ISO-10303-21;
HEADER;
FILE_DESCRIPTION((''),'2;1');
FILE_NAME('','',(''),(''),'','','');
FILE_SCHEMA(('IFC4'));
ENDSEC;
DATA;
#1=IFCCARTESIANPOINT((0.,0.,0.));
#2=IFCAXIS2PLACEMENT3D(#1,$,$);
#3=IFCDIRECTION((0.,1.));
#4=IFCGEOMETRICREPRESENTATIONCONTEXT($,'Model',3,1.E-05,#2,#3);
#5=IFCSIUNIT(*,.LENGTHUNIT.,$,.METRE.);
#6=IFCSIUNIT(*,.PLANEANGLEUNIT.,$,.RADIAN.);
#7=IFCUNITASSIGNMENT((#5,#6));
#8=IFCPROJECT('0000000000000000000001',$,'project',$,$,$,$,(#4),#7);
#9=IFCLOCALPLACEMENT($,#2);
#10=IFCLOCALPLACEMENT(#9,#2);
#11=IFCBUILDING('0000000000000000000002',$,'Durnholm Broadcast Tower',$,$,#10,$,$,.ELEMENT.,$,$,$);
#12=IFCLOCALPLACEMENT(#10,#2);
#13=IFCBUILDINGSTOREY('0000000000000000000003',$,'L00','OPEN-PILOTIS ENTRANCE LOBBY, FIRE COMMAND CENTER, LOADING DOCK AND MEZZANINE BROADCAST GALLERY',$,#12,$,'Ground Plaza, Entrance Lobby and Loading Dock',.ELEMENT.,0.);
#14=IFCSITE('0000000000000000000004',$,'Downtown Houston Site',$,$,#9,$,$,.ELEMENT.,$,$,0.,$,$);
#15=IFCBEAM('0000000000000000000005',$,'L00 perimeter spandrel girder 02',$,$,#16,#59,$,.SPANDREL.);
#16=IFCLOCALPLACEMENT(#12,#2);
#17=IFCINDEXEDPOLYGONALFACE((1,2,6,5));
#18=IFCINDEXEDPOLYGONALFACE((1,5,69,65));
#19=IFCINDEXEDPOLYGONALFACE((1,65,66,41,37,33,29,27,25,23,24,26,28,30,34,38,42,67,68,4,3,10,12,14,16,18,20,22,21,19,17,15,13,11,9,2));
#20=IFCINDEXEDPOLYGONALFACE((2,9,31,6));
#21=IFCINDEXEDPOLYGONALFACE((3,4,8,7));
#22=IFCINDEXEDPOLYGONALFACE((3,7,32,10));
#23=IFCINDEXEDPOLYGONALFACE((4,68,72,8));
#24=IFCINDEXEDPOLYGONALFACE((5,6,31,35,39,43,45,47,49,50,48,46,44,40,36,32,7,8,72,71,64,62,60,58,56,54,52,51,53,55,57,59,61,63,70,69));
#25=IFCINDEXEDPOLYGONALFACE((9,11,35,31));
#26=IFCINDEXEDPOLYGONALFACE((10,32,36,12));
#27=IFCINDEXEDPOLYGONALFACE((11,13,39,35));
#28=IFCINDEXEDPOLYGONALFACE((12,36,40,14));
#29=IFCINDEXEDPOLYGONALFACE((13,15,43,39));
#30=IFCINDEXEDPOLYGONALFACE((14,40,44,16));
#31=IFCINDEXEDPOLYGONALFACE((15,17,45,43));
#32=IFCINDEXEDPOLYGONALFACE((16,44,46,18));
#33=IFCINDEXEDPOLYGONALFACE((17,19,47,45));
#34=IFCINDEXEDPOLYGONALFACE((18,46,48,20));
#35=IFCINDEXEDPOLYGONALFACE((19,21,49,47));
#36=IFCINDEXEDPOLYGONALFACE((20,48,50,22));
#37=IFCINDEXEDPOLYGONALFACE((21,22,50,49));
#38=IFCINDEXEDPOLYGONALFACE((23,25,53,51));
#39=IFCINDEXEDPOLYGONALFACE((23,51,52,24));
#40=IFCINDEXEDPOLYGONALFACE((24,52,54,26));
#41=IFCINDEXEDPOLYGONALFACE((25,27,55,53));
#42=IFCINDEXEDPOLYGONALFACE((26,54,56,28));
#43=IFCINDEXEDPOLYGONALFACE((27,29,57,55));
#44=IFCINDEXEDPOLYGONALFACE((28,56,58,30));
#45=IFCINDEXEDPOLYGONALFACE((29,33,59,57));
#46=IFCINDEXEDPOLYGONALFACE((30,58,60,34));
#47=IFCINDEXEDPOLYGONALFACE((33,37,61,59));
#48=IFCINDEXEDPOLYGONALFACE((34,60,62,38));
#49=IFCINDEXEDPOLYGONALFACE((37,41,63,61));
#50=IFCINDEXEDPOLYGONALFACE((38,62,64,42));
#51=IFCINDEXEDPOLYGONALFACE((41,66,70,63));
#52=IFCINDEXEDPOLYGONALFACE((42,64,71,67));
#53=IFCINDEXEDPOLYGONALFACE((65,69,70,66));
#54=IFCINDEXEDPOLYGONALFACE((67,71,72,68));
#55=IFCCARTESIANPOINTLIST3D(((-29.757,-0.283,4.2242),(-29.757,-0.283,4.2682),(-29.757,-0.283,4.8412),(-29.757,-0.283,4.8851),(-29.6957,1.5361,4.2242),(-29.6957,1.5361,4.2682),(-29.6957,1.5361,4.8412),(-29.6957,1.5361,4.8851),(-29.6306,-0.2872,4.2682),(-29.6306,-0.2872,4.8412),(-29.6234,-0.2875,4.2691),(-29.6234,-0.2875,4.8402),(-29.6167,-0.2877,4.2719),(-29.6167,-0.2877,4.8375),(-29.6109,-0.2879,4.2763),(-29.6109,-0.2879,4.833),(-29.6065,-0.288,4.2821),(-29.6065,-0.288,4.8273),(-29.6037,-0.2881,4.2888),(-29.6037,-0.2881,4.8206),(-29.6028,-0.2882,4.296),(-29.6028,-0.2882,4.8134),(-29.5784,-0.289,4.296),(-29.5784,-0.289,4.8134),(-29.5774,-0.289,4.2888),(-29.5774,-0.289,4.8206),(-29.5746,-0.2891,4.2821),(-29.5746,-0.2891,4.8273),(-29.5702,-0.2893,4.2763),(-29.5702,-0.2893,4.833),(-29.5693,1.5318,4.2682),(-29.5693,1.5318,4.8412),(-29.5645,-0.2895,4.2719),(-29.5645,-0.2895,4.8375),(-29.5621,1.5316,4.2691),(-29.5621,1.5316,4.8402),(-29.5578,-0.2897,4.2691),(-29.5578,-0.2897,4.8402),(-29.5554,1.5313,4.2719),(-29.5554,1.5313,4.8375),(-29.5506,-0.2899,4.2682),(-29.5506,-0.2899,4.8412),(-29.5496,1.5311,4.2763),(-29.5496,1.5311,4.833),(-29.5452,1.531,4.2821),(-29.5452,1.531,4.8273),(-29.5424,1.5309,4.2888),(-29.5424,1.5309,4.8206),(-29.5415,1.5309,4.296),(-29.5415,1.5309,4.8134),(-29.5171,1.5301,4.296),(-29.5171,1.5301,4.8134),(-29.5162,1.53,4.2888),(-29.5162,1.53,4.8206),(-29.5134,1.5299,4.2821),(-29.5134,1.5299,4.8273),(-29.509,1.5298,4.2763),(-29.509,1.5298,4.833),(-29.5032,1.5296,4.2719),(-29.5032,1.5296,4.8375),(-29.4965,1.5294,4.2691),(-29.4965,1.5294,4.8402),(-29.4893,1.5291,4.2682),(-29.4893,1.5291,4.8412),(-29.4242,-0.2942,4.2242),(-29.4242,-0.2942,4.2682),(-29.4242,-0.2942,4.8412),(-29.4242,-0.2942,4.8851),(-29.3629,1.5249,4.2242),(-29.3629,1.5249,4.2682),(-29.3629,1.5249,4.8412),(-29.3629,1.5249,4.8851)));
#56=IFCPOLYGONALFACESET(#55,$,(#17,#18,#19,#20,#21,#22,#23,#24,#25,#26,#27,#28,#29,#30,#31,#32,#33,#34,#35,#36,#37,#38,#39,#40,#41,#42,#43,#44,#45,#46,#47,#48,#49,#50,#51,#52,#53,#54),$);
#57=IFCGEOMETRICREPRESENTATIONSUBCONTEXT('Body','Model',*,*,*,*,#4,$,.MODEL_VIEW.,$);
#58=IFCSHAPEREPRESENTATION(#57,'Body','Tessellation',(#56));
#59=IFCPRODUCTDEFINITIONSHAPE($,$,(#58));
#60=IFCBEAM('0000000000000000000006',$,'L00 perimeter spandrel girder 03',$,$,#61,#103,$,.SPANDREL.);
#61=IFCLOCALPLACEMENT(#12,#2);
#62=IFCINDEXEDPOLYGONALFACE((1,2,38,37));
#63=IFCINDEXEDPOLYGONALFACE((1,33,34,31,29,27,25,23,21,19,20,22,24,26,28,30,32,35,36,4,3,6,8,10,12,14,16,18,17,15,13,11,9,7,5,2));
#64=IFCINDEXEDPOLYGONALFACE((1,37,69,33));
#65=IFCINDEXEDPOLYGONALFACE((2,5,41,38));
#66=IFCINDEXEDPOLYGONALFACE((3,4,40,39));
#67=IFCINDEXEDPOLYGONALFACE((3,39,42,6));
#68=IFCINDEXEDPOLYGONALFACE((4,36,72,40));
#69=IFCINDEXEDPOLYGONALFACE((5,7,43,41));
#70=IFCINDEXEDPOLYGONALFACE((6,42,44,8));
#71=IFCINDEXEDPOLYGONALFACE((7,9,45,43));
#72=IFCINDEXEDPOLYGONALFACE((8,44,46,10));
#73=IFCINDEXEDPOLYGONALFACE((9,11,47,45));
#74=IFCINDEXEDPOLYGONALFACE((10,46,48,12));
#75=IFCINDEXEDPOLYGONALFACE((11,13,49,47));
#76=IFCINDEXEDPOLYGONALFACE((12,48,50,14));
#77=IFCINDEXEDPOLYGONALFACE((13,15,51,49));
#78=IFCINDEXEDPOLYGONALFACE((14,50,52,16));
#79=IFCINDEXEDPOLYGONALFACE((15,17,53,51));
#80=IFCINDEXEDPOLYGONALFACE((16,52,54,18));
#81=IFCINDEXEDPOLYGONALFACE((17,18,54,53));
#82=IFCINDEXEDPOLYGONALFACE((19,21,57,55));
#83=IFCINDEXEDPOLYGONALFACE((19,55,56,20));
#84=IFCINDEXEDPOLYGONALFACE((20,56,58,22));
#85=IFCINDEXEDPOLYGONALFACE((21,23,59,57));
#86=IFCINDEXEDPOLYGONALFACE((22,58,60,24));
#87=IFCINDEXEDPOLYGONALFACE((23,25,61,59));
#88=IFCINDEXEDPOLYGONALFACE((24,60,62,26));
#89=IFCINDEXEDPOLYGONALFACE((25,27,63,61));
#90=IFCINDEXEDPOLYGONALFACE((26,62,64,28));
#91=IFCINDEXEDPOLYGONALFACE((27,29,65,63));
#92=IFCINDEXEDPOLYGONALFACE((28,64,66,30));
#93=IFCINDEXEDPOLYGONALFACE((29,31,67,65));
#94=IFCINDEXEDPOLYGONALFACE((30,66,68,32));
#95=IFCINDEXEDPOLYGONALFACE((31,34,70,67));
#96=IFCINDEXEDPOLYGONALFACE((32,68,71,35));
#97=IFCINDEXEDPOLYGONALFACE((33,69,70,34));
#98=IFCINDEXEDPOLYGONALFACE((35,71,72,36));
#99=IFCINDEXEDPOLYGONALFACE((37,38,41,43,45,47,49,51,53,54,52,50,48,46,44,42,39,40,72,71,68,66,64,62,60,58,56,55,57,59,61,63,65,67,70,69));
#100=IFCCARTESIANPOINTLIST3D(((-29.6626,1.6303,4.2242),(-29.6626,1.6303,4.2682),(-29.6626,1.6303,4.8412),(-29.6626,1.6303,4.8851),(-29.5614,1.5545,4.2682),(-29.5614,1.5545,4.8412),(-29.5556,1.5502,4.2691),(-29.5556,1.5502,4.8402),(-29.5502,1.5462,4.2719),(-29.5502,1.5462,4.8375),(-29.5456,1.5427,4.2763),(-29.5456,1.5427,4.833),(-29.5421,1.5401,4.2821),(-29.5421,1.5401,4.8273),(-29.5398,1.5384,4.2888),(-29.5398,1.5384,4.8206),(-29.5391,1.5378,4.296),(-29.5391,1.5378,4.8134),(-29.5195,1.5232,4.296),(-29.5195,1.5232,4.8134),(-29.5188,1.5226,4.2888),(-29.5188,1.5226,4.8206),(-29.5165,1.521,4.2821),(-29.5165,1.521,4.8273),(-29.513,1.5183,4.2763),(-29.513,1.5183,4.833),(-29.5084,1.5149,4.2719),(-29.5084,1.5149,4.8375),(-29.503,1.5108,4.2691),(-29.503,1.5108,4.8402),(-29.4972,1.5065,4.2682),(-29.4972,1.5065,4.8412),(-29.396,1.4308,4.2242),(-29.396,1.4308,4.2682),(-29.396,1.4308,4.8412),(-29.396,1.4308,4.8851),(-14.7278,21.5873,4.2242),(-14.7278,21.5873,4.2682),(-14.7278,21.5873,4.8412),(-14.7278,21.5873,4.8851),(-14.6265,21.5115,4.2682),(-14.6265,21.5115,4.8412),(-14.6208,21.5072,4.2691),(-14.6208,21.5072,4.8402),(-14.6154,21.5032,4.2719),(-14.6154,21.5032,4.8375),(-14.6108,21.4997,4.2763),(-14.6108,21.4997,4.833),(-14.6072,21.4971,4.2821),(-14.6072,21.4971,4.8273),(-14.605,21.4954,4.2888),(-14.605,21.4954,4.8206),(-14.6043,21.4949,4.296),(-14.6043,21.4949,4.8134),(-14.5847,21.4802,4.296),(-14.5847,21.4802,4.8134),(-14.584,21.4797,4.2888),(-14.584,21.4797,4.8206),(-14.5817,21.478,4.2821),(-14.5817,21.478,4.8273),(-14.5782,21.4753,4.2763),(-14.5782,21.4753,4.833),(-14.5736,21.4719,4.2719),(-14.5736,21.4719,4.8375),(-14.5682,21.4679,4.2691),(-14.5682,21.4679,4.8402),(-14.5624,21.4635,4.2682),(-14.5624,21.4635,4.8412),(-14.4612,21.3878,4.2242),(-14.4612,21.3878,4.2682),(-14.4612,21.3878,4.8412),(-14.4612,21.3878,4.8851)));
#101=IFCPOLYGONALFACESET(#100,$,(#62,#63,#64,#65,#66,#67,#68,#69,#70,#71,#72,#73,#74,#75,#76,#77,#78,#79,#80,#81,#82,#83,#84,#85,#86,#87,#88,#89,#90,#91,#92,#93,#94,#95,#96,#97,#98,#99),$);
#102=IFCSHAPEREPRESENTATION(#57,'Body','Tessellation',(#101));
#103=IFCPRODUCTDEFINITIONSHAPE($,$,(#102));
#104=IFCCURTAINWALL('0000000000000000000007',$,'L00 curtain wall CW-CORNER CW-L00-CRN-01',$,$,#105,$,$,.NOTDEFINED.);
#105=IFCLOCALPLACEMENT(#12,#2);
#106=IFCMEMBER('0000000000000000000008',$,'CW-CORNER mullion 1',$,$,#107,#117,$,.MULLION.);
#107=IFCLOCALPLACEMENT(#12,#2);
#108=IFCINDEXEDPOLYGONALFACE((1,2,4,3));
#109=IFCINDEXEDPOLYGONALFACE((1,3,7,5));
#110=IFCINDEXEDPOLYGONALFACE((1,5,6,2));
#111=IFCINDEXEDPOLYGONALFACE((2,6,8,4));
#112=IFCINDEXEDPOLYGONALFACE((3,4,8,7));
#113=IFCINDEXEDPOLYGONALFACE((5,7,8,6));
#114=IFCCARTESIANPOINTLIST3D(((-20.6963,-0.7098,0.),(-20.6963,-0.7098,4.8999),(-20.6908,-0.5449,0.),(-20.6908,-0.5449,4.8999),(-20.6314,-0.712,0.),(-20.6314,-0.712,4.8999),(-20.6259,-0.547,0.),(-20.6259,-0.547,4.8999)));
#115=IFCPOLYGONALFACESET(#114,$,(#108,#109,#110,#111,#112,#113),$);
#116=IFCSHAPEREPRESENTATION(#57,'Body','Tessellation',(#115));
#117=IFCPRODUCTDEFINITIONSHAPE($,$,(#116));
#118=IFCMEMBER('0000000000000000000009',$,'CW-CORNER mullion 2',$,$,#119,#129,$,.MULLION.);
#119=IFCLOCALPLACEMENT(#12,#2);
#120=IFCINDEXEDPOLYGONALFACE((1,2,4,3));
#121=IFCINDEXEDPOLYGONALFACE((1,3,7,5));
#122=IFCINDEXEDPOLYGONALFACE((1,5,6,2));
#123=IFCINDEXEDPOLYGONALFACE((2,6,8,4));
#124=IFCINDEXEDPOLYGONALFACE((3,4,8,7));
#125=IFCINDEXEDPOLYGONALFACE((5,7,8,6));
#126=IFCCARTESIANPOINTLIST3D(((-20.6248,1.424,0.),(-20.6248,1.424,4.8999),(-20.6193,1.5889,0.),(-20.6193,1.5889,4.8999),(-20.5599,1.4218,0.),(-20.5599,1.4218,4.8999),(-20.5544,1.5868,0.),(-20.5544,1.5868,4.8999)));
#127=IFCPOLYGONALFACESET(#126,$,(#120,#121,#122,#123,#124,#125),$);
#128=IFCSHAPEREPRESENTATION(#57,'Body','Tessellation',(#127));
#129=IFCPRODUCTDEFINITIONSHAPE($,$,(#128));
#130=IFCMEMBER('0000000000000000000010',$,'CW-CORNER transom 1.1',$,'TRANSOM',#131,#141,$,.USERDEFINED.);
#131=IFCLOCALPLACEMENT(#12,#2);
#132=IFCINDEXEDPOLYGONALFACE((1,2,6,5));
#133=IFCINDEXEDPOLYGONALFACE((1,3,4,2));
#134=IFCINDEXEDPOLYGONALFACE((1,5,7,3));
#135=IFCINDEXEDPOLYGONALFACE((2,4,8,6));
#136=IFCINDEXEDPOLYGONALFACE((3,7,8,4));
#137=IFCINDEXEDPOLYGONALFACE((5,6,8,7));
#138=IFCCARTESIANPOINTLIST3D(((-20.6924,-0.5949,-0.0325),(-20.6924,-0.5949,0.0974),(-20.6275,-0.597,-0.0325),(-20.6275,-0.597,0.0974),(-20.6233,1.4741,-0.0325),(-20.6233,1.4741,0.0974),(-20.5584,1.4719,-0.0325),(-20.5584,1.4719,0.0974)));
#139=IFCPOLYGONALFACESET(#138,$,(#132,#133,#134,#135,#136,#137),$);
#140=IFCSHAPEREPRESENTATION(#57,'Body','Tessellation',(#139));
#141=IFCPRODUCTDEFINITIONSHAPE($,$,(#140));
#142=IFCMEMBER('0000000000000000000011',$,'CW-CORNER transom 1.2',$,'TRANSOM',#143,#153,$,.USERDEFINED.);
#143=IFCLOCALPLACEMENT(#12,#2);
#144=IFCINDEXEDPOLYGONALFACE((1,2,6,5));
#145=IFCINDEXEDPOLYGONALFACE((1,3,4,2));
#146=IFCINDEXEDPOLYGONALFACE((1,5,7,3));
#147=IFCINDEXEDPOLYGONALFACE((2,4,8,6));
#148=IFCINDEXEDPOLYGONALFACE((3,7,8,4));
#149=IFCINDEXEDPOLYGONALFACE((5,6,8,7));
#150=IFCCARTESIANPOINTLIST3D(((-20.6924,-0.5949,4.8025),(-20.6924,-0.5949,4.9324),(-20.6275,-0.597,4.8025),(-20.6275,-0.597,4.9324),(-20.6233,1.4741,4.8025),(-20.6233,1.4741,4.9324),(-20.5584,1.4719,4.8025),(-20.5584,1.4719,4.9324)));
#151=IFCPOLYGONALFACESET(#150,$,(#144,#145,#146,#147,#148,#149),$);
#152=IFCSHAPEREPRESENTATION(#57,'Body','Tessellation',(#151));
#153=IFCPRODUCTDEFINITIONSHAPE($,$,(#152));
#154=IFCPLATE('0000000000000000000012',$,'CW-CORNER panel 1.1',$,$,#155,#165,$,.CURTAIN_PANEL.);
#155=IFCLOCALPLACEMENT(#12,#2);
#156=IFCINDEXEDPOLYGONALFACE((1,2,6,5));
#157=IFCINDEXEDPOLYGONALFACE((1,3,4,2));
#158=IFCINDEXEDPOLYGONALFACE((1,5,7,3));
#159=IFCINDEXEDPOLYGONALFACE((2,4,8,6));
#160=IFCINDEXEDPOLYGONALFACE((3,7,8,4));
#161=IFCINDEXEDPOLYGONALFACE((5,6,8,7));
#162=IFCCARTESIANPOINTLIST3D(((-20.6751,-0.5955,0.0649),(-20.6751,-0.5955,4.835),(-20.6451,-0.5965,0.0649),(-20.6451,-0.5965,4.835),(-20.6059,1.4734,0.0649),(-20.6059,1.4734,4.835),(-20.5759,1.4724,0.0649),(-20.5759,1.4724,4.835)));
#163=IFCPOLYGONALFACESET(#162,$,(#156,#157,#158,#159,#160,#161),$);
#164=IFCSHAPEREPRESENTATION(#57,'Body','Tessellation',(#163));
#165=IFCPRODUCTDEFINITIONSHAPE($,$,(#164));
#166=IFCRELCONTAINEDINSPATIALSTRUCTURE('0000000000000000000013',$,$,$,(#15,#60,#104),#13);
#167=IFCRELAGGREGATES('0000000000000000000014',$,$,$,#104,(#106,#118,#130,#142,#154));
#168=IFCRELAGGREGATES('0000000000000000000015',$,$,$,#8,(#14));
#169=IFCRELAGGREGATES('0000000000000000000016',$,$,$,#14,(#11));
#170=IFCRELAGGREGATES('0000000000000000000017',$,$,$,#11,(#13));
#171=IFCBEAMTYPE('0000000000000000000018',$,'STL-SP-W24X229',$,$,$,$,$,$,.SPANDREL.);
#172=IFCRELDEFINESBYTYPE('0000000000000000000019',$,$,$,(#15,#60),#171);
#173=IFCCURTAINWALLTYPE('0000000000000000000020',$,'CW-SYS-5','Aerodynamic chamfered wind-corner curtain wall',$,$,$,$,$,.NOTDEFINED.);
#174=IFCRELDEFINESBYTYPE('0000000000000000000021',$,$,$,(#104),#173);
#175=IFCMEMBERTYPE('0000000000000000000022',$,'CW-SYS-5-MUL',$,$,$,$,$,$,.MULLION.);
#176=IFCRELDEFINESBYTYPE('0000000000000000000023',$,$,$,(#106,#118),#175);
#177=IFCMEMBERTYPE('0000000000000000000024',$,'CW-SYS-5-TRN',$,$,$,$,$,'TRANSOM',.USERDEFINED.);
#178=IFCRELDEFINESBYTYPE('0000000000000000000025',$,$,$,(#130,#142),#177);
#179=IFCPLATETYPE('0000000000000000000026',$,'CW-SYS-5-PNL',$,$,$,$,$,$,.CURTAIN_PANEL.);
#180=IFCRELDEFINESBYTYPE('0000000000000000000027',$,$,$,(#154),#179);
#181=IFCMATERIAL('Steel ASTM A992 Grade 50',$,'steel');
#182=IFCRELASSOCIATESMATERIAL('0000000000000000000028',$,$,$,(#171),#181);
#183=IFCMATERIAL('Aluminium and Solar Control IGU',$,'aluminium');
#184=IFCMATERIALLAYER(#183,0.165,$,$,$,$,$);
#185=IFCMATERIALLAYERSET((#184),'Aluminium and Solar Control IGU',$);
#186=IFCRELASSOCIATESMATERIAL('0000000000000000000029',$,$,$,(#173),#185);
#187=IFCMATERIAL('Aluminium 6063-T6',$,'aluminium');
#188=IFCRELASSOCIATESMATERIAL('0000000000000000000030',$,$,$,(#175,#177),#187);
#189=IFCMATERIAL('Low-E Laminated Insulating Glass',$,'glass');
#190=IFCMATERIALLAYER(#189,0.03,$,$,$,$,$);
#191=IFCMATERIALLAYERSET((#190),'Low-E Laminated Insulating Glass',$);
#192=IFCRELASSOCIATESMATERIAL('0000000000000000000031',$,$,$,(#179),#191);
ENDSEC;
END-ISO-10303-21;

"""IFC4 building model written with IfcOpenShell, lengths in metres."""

from ifc_helpers import new_model, si_unit, direction, frame, origin, origin_2d, place, context, subcontext, project, spatial, rectangle, i_section, extrude, source, transform, mapped, material, layer, layer_set, material_profile, profile_set, type_object, type_shapes, element, aggregate, save


model = new_model("IFC4")

# Units and contexts
model_context = context("Model", 3, precision=1e-05, world=origin(), true_north=direction((0.0, 1.0)))
body_context = subcontext(model_context, "Body", "Model", "MODEL_VIEW")
ifc_project = project(units=[si_unit("LENGTHUNIT", "METRE"), si_unit("PLANEANGLEUNIT", "RADIAN")], contexts=[model_context])

# Site, building, storey
site_placement = place(None, origin())
site = spatial("IfcSite", under=ifc_project, at=site_placement, Name="Downtown Houston Site", CompositionType="ELEMENT", RefElevation=0.0)
building_placement = place(site_placement, origin())
building = spatial("IfcBuilding", under=site, at=building_placement, Name="Durnholm Broadcast Tower", CompositionType="ELEMENT")
storey_placement = place(building_placement, origin())
storey = spatial("IfcBuildingStorey", under=building, at=storey_placement, Name="L00", Description="OPEN-PILOTIS ENTRANCE LOBBY, FIRE COMMAND CENTER, LOADING DOCK AND MEZZANINE BROADCAST GALLERY", LongName="Ground Plaza, Entrance Lobby and Loading Dock", CompositionType="ELEMENT", Elevation=0.0)

# Shared definitions
ifc_material_1 = material(Name="Steel ASTM A992 Grade 50", Category="steel")

# Beams
ifc_material_profile_1 = material_profile(ifc_material_1, i_section(OverallWidth=0.333, OverallDepth=0.6609, WebThickness=0.0244, FlangeThickness=0.0439, FilletRadius=0.0278, at=origin_2d()), Name="W24X229")
ifc_profile_set_1 = profile_set([ifc_material_profile_1], Name="Steel ASTM A992 Grade 50")
beam_type = type_object("IfcBeamType", Name="STL-SP-W24X229", PredefinedType="SPANDREL", material=ifc_profile_set_1)
shared_shape_1 = source(origin(), body_context, "Body", "SweptSolid", [
    extrude(i_section(OverallWidth=0.333, OverallDepth=0.6609, WebThickness=0.0244, FlangeThickness=0.0439, FilletRadius=0.0278, at=origin_2d()), origin(), (0.0, 0.0, 1.0), 1.8201),
])
beam_1_placement = place(storey_placement, frame((-29.5906, -0.2886, 4.5547), z_axis=(0.033668, 0.999433, 0.0), x_axis=(-0.999433, 0.033668, 0.0)))
element("IfcBeam", 1, at=beam_1_placement, inside=storey, type_object=beam_type, Name="L00 perimeter spandrel girder 02", PredefinedType="SPANDREL", context=body_context, shape_type="MappedRepresentation", body=[
    mapped(shared_shape_1, transform((0.0, 0.0, 0.0), x_axis=(1.0, 0.0, 0.0), y_axis=(0.0, 1.0, 0.0), z_axis=(0.0, 0.0, 1.0), scale=1.0)),
])
shared_shape_2 = source(origin(), body_context, "Body", "SweptSolid", [
    extrude(i_section(OverallWidth=0.333, OverallDepth=0.6609, WebThickness=0.0244, FlangeThickness=0.0439, FilletRadius=0.0278, at=origin_2d()), origin(), (0.0, 0.0, 1.0), 24.9265),
])
type_shapes(beam_type, [shared_shape_1, shared_shape_2])
beam_2_placement = place(storey_placement, frame((-29.5293, 1.5305, 4.5547), z_axis=(0.599153, 0.800634, 0.0), x_axis=(-0.800634, 0.599153, 0.0)))
element("IfcBeam", 2, at=beam_2_placement, inside=storey, type_object=beam_type, Name="L00 perimeter spandrel girder 03", PredefinedType="SPANDREL", context=body_context, shape_type="MappedRepresentation", body=[
    mapped(shared_shape_2, transform((0.0, 0.0, 0.0), x_axis=(1.0, 0.0, 0.0), y_axis=(0.0, 1.0, 0.0), z_axis=(0.0, 0.0, 1.0), scale=1.0)),
])

# Curtain wall, members, plate
ifc_material_2 = material(Name="Aluminium and Solar Control IGU", Category="aluminium")
ifc_layer_1 = layer(ifc_material_2, 0.165)
ifc_layer_set_1 = layer_set([ifc_layer_1], Name="Aluminium and Solar Control IGU")
curtain_wall_type = type_object("IfcCurtainWallType", Name="CW-SYS-5", Description="Aerodynamic chamfered wind-corner curtain wall", PredefinedType="NOTDEFINED", material=ifc_layer_set_1)
curtain_wall_placement = place(storey_placement, origin())
curtain_wall = element("IfcCurtainWall", 3, at=curtain_wall_placement, inside=storey, type_object=curtain_wall_type, Name="L00 curtain wall CW-CORNER CW-L00-CRN-01", PredefinedType="NOTDEFINED")
ifc_material_3 = material(Name="Aluminium 6063-T6", Category="aluminium")
ifc_material_profile_2 = material_profile(ifc_material_3, rectangle(XDim=0.0649, YDim=0.165, at=origin_2d()), Name="CWM65X165")
ifc_profile_set_2 = profile_set([ifc_material_profile_2], Name="Aluminium 6063-T6")
member_type_1 = type_object("IfcMemberType", Name="CW-SYS-5-MUL", PredefinedType="MULLION", material=ifc_profile_set_2)
shared_shape_3 = source(origin(), body_context, "Body", "SweptSolid", [
    extrude(rectangle(XDim=0.0649, YDim=0.165, at=origin_2d()), origin(), (0.0, 0.0, 1.0), 4.8999),
])
type_shapes(member_type_1, [shared_shape_3])
member_1_placement = place(storey_placement, frame((-20.6611, -0.6284, 0.0), z_axis=(0.0, 0.0, 1.0), x_axis=(-0.99944, 0.033454, 0.0)))
member_1 = element("IfcMember", 4, at=member_1_placement, type_object=member_type_1, Name="CW-CORNER mullion 1", PredefinedType="MULLION", context=body_context, shape_type="MappedRepresentation", body=[
    mapped(shared_shape_3, transform((0.0, 0.0, 0.0), x_axis=(1.0, 0.0, 0.0), y_axis=(0.0, 1.0, 0.0), z_axis=(0.0, 0.0, 1.0), scale=1.0)),
])
member_2_placement = place(storey_placement, frame((-20.5896, 1.5054, 0.0), z_axis=(0.0, 0.0, 1.0), x_axis=(-0.99944, 0.033454, 0.0)))
member_2 = element("IfcMember", 5, at=member_2_placement, type_object=member_type_1, Name="CW-CORNER mullion 2", PredefinedType="MULLION", context=body_context, shape_type="MappedRepresentation", body=[
    mapped(shared_shape_3, transform((0.0, 0.0, 0.0), x_axis=(1.0, 0.0, 0.0), y_axis=(0.0, 1.0, 0.0), z_axis=(0.0, 0.0, 1.0), scale=1.0)),
])
ifc_material_profile_3 = material_profile(ifc_material_3, rectangle(XDim=0.0649, YDim=0.1299, at=origin_2d()), Name="CWT65X130")
ifc_profile_set_3 = profile_set([ifc_material_profile_3], Name="Aluminium 6063-T6")
member_type_2 = type_object("IfcMemberType", Name="CW-SYS-5-TRN", ElementType="TRANSOM", PredefinedType="USERDEFINED", material=ifc_profile_set_3)
shared_shape_4 = source(origin(), body_context, "Body", "SweptSolid", [
    extrude(rectangle(XDim=0.0649, YDim=0.1299, at=origin_2d()), origin(), (0.0, 0.0, 1.0), 2.0701),
])
type_shapes(member_type_2, [shared_shape_4])
member_3_placement = place(storey_placement, frame((-20.6599, -0.5959, 0.0325), z_axis=(0.033378, 0.999443, 0.0), x_axis=(-0.999443, 0.033378, 0.0)))
member_3 = element("IfcMember", 6, at=member_3_placement, type_object=member_type_2, Name="CW-CORNER transom 1.1", ObjectType="TRANSOM", PredefinedType="USERDEFINED", context=body_context, shape_type="MappedRepresentation", body=[
    mapped(shared_shape_4, transform((0.0, 0.0, 0.0), x_axis=(1.0, 0.0, 0.0), y_axis=(0.0, 1.0, 0.0), z_axis=(0.0, 0.0, 1.0), scale=1.0)),
])
member_4_placement = place(storey_placement, frame((-20.6599, -0.5959, 4.8674), z_axis=(0.033378, 0.999443, 0.0), x_axis=(-0.999443, 0.033378, 0.0)))
member_4 = element("IfcMember", 7, at=member_4_placement, type_object=member_type_2, Name="CW-CORNER transom 1.2", ObjectType="TRANSOM", PredefinedType="USERDEFINED", context=body_context, shape_type="MappedRepresentation", body=[
    mapped(shared_shape_4, transform((0.0, 0.0, 0.0), x_axis=(1.0, 0.0, 0.0), y_axis=(0.0, 1.0, 0.0), z_axis=(0.0, 0.0, 1.0), scale=1.0)),
])
ifc_material_4 = material(Name="Low-E Laminated Insulating Glass", Category="glass")
ifc_layer_2 = layer(ifc_material_4, 0.03)
ifc_layer_set_2 = layer_set([ifc_layer_2], Name="Low-E Laminated Insulating Glass")
plate_type = type_object("IfcPlateType", Name="CW-SYS-5-PNL", PredefinedType="CURTAIN_PANEL", material=ifc_layer_set_2)
shared_shape_5 = source(origin(), body_context, "Body", "SweptSolid", [
    extrude(rectangle(XDim=2.0701, YDim=0.03, at=origin_2d()), origin(), (0.0, 0.0, 1.0), 4.77),
])
type_shapes(plate_type, [shared_shape_5])
plate_placement = place(storey_placement, frame((-20.6255, 0.4385, 0.0649), z_axis=(0.0, 0.0, 1.0), x_axis=(0.033454, 0.99944, 0.0)))
plate = element("IfcPlate", 8, at=plate_placement, type_object=plate_type, Name="CW-CORNER panel 1.1", PredefinedType="CURTAIN_PANEL", context=body_context, shape_type="MappedRepresentation", body=[
    mapped(shared_shape_5, transform((0.0, 0.0, 0.0), x_axis=(1.0, 0.0, 0.0), y_axis=(0.0, 1.0, 0.0), z_axis=(0.0, 0.0, 1.0), scale=1.0)),
])
aggregate(curtain_wall, [member_1, member_2, member_3, member_4, plate])

save(model, "model.ifc")
